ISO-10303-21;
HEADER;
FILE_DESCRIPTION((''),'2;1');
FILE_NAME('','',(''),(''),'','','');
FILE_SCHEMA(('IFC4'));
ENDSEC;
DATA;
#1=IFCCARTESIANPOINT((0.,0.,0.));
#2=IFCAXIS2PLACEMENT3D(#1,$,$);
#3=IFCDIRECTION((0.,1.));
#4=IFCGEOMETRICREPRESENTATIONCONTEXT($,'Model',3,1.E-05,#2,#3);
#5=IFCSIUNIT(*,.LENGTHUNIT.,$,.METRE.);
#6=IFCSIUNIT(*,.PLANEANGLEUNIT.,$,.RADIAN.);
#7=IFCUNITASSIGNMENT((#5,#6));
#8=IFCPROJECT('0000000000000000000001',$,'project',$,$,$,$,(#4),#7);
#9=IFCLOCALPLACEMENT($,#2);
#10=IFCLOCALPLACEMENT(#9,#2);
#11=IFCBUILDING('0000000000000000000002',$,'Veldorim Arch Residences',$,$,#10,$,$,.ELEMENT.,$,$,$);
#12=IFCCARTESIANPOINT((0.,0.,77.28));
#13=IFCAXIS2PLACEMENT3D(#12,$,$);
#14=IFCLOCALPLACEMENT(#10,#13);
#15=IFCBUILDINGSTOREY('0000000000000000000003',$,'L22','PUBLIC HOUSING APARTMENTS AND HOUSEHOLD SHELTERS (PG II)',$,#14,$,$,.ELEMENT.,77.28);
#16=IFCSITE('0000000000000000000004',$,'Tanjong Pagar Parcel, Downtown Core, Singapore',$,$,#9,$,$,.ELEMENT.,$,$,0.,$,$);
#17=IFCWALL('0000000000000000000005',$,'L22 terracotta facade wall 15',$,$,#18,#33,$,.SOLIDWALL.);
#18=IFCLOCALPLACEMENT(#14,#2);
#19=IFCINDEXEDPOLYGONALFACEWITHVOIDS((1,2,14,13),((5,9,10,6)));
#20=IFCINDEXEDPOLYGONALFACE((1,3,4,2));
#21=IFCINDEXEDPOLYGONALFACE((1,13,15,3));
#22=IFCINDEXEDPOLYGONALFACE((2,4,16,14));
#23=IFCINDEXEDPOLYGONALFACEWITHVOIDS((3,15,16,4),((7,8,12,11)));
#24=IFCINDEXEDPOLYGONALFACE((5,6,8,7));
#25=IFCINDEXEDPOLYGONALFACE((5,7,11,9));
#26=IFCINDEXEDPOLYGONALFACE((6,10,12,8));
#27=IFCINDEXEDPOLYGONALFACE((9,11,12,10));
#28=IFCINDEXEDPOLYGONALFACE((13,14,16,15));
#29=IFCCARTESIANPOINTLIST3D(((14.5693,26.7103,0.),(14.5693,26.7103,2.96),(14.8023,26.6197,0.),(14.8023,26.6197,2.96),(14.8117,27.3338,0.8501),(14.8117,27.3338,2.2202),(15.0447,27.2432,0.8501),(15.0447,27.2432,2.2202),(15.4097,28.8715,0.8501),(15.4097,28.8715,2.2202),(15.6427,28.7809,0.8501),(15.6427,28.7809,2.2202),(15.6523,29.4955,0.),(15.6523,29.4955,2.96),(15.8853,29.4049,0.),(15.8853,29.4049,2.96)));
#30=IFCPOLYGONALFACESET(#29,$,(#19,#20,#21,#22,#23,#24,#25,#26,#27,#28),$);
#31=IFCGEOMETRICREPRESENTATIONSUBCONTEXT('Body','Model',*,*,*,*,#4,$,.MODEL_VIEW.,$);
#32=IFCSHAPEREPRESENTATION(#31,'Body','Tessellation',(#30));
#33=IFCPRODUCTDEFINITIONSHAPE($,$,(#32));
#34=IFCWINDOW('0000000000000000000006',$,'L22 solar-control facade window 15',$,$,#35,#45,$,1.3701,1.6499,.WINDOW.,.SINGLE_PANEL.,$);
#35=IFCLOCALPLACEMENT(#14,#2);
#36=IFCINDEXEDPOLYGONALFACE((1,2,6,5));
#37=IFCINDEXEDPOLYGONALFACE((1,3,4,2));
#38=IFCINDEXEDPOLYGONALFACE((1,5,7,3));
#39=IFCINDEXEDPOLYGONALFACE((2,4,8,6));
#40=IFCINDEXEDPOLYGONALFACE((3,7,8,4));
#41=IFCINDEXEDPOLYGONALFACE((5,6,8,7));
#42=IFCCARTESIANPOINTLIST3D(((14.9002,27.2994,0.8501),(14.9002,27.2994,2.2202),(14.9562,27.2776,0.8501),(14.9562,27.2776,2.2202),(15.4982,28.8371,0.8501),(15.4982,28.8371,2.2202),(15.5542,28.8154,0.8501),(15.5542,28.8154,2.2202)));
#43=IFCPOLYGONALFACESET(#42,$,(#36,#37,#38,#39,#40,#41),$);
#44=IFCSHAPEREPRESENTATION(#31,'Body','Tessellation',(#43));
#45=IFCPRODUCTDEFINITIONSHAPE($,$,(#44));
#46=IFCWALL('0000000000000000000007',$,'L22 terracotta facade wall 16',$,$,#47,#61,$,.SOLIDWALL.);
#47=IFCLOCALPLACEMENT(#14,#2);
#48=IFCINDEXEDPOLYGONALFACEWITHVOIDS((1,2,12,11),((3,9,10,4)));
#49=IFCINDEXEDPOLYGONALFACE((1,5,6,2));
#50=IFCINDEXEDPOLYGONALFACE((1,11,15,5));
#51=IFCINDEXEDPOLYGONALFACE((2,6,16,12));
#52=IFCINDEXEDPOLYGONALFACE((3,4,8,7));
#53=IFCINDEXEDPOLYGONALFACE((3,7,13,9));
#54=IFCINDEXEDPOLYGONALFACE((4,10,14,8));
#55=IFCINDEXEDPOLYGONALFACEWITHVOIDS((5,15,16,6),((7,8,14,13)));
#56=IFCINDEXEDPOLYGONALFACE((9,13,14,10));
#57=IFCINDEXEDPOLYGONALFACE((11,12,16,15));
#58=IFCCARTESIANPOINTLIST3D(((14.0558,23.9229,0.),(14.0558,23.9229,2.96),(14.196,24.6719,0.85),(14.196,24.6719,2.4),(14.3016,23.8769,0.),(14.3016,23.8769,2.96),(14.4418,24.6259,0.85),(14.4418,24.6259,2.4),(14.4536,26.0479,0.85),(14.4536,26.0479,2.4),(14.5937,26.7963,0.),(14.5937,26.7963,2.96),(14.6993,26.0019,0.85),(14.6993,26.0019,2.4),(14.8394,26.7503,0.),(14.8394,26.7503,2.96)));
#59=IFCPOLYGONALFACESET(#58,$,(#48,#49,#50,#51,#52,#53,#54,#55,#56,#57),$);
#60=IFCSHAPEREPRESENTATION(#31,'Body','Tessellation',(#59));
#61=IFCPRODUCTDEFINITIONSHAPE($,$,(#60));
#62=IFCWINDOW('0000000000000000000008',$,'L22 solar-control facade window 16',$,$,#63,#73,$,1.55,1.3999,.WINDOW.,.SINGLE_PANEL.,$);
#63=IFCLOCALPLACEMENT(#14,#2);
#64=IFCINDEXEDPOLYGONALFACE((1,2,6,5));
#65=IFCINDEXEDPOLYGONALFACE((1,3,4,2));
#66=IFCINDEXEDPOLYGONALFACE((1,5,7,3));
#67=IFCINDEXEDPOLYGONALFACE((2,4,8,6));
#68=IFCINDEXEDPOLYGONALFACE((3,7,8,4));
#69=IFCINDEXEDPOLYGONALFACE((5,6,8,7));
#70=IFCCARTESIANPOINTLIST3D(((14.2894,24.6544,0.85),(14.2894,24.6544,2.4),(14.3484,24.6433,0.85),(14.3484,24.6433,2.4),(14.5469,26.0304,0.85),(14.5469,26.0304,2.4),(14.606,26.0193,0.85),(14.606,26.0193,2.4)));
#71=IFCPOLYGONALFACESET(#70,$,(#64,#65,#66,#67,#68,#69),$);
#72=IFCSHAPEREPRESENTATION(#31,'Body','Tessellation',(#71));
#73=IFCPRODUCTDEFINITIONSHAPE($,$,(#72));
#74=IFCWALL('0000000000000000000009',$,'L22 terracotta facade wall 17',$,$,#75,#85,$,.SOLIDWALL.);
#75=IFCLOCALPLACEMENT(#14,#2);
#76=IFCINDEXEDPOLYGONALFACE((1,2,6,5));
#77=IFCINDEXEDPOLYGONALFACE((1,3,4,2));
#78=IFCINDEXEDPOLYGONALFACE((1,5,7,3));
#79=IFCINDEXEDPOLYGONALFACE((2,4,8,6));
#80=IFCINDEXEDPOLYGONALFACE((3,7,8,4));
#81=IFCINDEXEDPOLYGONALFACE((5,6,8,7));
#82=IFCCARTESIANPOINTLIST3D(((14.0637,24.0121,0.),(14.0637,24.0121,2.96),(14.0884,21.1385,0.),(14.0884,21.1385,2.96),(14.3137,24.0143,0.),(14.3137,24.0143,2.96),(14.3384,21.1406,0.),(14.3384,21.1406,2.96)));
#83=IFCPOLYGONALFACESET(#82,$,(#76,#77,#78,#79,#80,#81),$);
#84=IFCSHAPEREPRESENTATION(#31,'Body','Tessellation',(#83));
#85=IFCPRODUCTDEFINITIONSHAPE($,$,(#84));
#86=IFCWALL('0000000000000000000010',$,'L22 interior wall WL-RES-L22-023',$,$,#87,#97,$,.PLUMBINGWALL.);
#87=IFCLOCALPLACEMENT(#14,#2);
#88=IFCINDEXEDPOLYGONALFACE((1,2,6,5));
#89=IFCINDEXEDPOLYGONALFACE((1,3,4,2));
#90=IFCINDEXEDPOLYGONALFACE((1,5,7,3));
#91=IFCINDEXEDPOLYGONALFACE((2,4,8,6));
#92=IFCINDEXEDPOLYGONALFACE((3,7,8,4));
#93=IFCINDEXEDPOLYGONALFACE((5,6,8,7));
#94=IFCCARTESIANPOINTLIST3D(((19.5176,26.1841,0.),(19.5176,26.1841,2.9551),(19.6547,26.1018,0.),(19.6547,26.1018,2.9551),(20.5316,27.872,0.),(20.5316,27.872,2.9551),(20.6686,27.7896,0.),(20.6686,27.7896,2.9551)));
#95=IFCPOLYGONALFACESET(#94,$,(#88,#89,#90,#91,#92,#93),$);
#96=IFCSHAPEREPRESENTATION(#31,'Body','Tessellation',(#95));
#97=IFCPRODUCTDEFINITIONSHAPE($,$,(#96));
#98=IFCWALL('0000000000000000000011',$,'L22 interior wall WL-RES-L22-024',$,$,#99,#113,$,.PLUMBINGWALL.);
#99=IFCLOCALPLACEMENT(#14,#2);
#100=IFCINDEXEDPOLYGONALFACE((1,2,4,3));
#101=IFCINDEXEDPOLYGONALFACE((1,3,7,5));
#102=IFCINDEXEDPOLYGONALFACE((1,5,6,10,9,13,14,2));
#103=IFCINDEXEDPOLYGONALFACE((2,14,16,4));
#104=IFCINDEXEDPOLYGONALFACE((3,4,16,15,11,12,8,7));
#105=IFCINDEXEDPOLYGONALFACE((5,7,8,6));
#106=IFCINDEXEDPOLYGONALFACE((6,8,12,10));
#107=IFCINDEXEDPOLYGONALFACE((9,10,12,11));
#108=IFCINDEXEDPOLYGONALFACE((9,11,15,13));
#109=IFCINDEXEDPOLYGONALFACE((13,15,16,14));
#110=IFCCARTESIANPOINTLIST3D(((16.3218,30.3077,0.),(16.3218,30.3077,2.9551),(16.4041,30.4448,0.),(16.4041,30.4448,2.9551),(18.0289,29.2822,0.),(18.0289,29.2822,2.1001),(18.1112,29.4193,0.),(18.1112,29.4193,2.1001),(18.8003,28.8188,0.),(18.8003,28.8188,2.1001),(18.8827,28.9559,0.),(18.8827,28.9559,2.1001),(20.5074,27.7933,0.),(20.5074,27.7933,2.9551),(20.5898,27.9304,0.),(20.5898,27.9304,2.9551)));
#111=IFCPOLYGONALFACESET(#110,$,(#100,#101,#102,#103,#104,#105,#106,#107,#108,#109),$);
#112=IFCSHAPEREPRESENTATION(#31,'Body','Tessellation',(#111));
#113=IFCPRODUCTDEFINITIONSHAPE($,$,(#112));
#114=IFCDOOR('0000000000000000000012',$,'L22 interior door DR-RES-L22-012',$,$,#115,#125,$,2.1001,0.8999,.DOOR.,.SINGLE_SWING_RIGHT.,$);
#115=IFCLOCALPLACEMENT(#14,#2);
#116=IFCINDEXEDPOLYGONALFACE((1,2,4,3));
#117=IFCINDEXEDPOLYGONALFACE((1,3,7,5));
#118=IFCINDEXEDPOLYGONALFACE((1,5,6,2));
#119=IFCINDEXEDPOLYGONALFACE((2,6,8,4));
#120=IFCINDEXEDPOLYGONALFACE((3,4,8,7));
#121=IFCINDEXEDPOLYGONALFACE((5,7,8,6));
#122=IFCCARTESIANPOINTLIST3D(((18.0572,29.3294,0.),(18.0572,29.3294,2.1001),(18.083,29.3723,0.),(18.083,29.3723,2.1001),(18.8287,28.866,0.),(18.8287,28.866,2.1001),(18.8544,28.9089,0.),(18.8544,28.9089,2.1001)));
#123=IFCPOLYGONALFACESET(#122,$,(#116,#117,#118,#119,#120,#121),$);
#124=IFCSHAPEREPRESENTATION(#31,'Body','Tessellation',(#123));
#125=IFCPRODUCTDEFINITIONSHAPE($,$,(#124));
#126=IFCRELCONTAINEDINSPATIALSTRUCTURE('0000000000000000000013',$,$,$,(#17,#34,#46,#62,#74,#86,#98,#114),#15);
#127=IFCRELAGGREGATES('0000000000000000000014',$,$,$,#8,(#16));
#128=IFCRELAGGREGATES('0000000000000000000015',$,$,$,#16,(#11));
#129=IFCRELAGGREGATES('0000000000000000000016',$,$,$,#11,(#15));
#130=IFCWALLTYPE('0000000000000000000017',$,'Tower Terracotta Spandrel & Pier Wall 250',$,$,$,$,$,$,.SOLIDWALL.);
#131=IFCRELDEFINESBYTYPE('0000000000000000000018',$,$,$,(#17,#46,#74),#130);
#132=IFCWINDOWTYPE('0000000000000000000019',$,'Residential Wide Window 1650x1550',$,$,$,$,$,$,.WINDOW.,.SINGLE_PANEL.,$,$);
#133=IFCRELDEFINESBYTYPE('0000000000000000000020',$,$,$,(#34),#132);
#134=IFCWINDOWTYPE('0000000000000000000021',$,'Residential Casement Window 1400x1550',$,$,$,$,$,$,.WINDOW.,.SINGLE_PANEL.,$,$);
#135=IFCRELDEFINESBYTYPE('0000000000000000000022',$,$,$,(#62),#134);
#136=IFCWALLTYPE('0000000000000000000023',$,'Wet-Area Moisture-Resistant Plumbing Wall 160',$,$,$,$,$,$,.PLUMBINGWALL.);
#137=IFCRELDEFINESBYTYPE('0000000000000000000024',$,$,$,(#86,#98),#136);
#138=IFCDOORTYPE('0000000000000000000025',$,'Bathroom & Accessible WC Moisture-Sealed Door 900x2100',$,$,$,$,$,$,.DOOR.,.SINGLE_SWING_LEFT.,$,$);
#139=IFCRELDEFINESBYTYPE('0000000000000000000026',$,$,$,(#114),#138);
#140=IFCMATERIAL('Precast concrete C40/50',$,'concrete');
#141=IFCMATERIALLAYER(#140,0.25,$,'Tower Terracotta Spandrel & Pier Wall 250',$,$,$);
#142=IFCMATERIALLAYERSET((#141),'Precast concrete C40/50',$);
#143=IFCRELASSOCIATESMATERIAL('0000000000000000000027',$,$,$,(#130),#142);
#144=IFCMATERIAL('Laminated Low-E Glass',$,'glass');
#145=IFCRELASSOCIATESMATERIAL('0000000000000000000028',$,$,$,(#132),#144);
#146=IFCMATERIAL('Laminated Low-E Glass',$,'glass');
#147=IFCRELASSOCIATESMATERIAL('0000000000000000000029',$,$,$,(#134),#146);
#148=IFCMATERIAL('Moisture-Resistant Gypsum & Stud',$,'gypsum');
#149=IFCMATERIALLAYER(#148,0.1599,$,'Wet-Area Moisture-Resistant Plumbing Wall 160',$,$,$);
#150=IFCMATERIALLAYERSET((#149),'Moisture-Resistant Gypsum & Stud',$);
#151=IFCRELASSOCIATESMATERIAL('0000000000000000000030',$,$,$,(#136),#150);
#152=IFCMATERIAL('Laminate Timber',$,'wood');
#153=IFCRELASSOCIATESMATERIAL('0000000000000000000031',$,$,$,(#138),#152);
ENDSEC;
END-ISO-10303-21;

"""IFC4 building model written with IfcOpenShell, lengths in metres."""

from ifc_helpers import new_model, si_unit, direction, frame, frame_2d, origin, place, context, subcontext, project, spatial, rectangle, extrude, material, layer, layer_set, type_object, element, fill, save


model = new_model("IFC4")

# Units and contexts
model_context = context("Model", 3, precision=1e-05, world=origin(), true_north=direction((0.0, 1.0)))
body_context = subcontext(model_context, "Body", "Model", "MODEL_VIEW")
ifc_project = project(units=[si_unit("LENGTHUNIT", "METRE"), si_unit("PLANEANGLEUNIT", "RADIAN")], contexts=[model_context])

# Site, building, storey
site_placement = place(None, origin())
site = spatial("IfcSite", under=ifc_project, at=site_placement, Name="Tanjong Pagar Parcel, Downtown Core, Singapore", CompositionType="ELEMENT", RefElevation=0.0)
building_placement = place(site_placement, origin())
building = spatial("IfcBuilding", under=site, at=building_placement, Name="Veldorim Arch Residences", CompositionType="ELEMENT")
storey_placement = place(building_placement, frame((0.0, 0.0, 77.28)))
storey = spatial("IfcBuildingStorey", under=building, at=storey_placement, Name="L22", Description="PUBLIC HOUSING APARTMENTS AND HOUSEHOLD SHELTERS (PG II)", CompositionType="ELEMENT", Elevation=77.28)

# Shared definitions
ifc_material_1 = material(Name="Precast concrete C40/50", Category="concrete")
ifc_layer_1 = layer(ifc_material_1, 0.25, Name="Tower Terracotta Spandrel & Pier Wall 250")
ifc_layer_set_1 = layer_set([ifc_layer_1], Name="Precast concrete C40/50")
wall_type_1 = type_object("IfcWallType", Name="Tower Terracotta Spandrel & Pier Wall 250", PredefinedType="SOLIDWALL", material=ifc_layer_set_1)

# Walls, openings, windows
wall_1_placement = place(storey_placement, frame((14.6858, 26.665, 0.0), z_axis=(0.0, 0.0, 1.0), x_axis=(0.362415, 0.932017, 0.0)))
wall_1 = element("IfcWall", 1, at=wall_1_placement, inside=storey, type_object=wall_type_1, Name="L22 terracotta facade wall 15", PredefinedType="SOLIDWALL", context=body_context, shape_type="SweptSolid", body=[
    extrude(rectangle(XDim=2.9883, YDim=0.25, at=frame_2d((1.4941, 0.0))), origin(), (0.0, 0.0, 1.0), 2.96),
])
opening_1_placement = place(wall_1_placement, frame((0.6689, 0.0, 0.8501)))
opening_1 = element("IfcOpeningElement", 2, at=opening_1_placement, cuts=wall_1, PredefinedType="OPENING", context=body_context, shape_type="SweptSolid", body=[
    extrude(rectangle(XDim=1.6499, YDim=1.3701, at=frame_2d((0.825, 0.6851))), frame((0.0, 0.135, 0.0), z_axis=(0.0, -1.0, 0.0), x_axis=(1.0, 0.0, 0.0)), (0.0, 0.0, 1.0), 0.27),
])
ifc_material_2 = material(Name="Laminated Low-E Glass", Category="glass")
window_type_1 = type_object("IfcWindowType", Name="Residential Wide Window 1650x1550", PartitioningType="SINGLE_PANEL", PredefinedType="WINDOW", material=ifc_material_2)
window_1_placement = place(opening_1_placement, origin())
window_1 = element("IfcWindow", 3, at=window_1_placement, inside=storey, type_object=window_type_1, Name="L22 solar-control facade window 15", OverallHeight=1.3701, OverallWidth=1.6499, PartitioningType="SINGLE_PANEL", PredefinedType="WINDOW", context=body_context, shape_type="SweptSolid", body=[
    extrude(rectangle(XDim=1.6499, YDim=1.3701, at=frame_2d((0.825, 0.6851))), frame((0.0, 0.03, 0.0), z_axis=(0.0, -1.0, 0.0), x_axis=(1.0, 0.0, 0.0)), (0.0, 0.0, 1.0), 0.0601),
])
fill(opening_1, window_1)
wall_2_placement = place(storey_placement, frame((14.1787, 23.8999, 0.0), z_axis=(0.0, 0.0, 1.0), x_axis=(0.183976, 0.982931, 0.0)))
wall_2 = element("IfcWall", 4, at=wall_2_placement, inside=storey, type_object=wall_type_1, Name="L22 terracotta facade wall 16", PredefinedType="SOLIDWALL", context=body_context, shape_type="SweptSolid", body=[
    extrude(rectangle(XDim=2.9233, YDim=0.25, at=frame_2d((1.4617, 0.0))), origin(), (0.0, 0.0, 1.0), 2.96),
])
opening_2_placement = place(wall_2_placement, frame((0.762, 0.0, 0.8501)))
opening_2 = element("IfcOpeningElement", 5, at=opening_2_placement, cuts=wall_2, PredefinedType="OPENING", context=body_context, shape_type="SweptSolid", body=[
    extrude(rectangle(XDim=1.3999, YDim=1.55, at=frame_2d((0.7, 0.7749))), frame((0.0, 0.135, 0.0), z_axis=(0.0, -1.0, 0.0), x_axis=(1.0, 0.0, 0.0)), (0.0, 0.0, 1.0), 0.27),
])
ifc_material_3 = material(Name="Laminated Low-E Glass", Category="glass")
window_type_2 = type_object("IfcWindowType", Name="Residential Casement Window 1400x1550", PartitioningType="SINGLE_PANEL", PredefinedType="WINDOW", material=ifc_material_3)
window_2_placement = place(opening_2_placement, origin())
window_2 = element("IfcWindow", 6, at=window_2_placement, inside=storey, type_object=window_type_2, Name="L22 solar-control facade window 16", OverallHeight=1.55, OverallWidth=1.3999, PartitioningType="SINGLE_PANEL", PredefinedType="WINDOW", context=body_context, shape_type="SweptSolid", body=[
    extrude(rectangle(XDim=1.3999, YDim=1.55, at=frame_2d((0.7, 0.7749))), frame((0.0, 0.03, 0.0), z_axis=(0.0, -1.0, 0.0), x_axis=(1.0, 0.0, 0.0)), (0.0, 0.0, 1.0), 0.0601),
])
fill(opening_2, window_2)

# Walls
wall_3_placement = place(storey_placement, frame((14.2134, 21.1394, 0.0), z_axis=(0.0, 0.0, 1.0), x_axis=(-0.00858, 0.999963, 0.0)))
element("IfcWall", 7, at=wall_3_placement, inside=storey, type_object=wall_type_1, Name="L22 terracotta facade wall 17", PredefinedType="SOLIDWALL", context=body_context, shape_type="SweptSolid", body=[
    extrude(rectangle(XDim=2.8738, YDim=0.25, at=frame_2d((1.437, 0.0))), origin(), (0.0, 0.0, 1.0), 2.96),
])
ifc_material_4 = material(Name="Moisture-Resistant Gypsum & Stud", Category="gypsum")
ifc_layer_2 = layer(ifc_material_4, 0.1599, Name="Wet-Area Moisture-Resistant Plumbing Wall 160")
ifc_layer_set_2 = layer_set([ifc_layer_2], Name="Moisture-Resistant Gypsum & Stud")
wall_type_2 = type_object("IfcWallType", Name="Wet-Area Moisture-Resistant Plumbing Wall 160", PredefinedType="PLUMBINGWALL", material=ifc_layer_set_2)
wall_4_placement = place(storey_placement, frame((19.5862, 26.1431, 0.0), z_axis=(0.0, 0.0, 1.0), x_axis=(0.51497, 0.857208, 0.0)))
element("IfcWall", 8, at=wall_4_placement, inside=storey, type_object=wall_type_2, Name="L22 interior wall WL-RES-L22-023", PredefinedType="PLUMBINGWALL", context=body_context, shape_type="SweptSolid", body=[
    extrude(rectangle(XDim=1.969, YDim=0.1599, at=frame_2d((0.9844, 0.0))), origin(), (0.0, 0.0, 1.0), 2.9551),
])

# Wall, opening, door
wall_5_placement = place(storey_placement, frame((20.5486, 27.8618, 0.0), z_axis=(0.0, 0.0, 1.0), x_axis=(-0.857215, 0.514959, 0.0)))
wall_5 = element("IfcWall", 9, at=wall_5_placement, inside=storey, type_object=wall_type_2, Name="L22 interior wall WL-RES-L22-024", PredefinedType="PLUMBINGWALL", context=body_context, shape_type="SweptSolid", body=[
    extrude(rectangle(XDim=4.8828, YDim=0.1599, at=frame_2d((2.4414, 0.0))), origin(), (0.0, 0.0, 1.0), 2.9551),
])
opening_3_placement = place(wall_5_placement, frame((1.9915, 0.0, 0.0)))
opening_3 = element("IfcOpeningElement", 10, at=opening_3_placement, cuts=wall_5, PredefinedType="OPENING", context=body_context, shape_type="SweptSolid", body=[
    extrude(rectangle(XDim=0.8999, YDim=2.1001, at=frame_2d((0.45, 1.05))), frame((0.0, 0.0898, 0.0), z_axis=(0.0, -1.0, 0.0), x_axis=(1.0, 0.0, 0.0)), (0.0, 0.0, 1.0), 0.1799),
])
ifc_material_5 = material(Name="Laminate Timber", Category="wood")
door_type = type_object("IfcDoorType", Name="Bathroom & Accessible WC Moisture-Sealed Door 900x2100", OperationType="SINGLE_SWING_LEFT", PredefinedType="DOOR", material=ifc_material_5)
door_placement = place(opening_3_placement, origin())
door = element("IfcDoor", 11, at=door_placement, inside=storey, type_object=door_type, Name="L22 interior door DR-RES-L22-012", OperationType="SINGLE_SWING_RIGHT", OverallHeight=2.1001, OverallWidth=0.8999, PredefinedType="DOOR", context=body_context, shape_type="SweptSolid", body=[
    extrude(rectangle(XDim=0.8999, YDim=2.1001, at=frame_2d((0.45, 1.05))), frame((0.0, 0.0249, 0.0), z_axis=(0.0, -1.0, 0.0), x_axis=(1.0, 0.0, 0.0)), (0.0, 0.0, 1.0), 0.05),
])
fill(opening_3, door)

save(model, "model.ifc")
